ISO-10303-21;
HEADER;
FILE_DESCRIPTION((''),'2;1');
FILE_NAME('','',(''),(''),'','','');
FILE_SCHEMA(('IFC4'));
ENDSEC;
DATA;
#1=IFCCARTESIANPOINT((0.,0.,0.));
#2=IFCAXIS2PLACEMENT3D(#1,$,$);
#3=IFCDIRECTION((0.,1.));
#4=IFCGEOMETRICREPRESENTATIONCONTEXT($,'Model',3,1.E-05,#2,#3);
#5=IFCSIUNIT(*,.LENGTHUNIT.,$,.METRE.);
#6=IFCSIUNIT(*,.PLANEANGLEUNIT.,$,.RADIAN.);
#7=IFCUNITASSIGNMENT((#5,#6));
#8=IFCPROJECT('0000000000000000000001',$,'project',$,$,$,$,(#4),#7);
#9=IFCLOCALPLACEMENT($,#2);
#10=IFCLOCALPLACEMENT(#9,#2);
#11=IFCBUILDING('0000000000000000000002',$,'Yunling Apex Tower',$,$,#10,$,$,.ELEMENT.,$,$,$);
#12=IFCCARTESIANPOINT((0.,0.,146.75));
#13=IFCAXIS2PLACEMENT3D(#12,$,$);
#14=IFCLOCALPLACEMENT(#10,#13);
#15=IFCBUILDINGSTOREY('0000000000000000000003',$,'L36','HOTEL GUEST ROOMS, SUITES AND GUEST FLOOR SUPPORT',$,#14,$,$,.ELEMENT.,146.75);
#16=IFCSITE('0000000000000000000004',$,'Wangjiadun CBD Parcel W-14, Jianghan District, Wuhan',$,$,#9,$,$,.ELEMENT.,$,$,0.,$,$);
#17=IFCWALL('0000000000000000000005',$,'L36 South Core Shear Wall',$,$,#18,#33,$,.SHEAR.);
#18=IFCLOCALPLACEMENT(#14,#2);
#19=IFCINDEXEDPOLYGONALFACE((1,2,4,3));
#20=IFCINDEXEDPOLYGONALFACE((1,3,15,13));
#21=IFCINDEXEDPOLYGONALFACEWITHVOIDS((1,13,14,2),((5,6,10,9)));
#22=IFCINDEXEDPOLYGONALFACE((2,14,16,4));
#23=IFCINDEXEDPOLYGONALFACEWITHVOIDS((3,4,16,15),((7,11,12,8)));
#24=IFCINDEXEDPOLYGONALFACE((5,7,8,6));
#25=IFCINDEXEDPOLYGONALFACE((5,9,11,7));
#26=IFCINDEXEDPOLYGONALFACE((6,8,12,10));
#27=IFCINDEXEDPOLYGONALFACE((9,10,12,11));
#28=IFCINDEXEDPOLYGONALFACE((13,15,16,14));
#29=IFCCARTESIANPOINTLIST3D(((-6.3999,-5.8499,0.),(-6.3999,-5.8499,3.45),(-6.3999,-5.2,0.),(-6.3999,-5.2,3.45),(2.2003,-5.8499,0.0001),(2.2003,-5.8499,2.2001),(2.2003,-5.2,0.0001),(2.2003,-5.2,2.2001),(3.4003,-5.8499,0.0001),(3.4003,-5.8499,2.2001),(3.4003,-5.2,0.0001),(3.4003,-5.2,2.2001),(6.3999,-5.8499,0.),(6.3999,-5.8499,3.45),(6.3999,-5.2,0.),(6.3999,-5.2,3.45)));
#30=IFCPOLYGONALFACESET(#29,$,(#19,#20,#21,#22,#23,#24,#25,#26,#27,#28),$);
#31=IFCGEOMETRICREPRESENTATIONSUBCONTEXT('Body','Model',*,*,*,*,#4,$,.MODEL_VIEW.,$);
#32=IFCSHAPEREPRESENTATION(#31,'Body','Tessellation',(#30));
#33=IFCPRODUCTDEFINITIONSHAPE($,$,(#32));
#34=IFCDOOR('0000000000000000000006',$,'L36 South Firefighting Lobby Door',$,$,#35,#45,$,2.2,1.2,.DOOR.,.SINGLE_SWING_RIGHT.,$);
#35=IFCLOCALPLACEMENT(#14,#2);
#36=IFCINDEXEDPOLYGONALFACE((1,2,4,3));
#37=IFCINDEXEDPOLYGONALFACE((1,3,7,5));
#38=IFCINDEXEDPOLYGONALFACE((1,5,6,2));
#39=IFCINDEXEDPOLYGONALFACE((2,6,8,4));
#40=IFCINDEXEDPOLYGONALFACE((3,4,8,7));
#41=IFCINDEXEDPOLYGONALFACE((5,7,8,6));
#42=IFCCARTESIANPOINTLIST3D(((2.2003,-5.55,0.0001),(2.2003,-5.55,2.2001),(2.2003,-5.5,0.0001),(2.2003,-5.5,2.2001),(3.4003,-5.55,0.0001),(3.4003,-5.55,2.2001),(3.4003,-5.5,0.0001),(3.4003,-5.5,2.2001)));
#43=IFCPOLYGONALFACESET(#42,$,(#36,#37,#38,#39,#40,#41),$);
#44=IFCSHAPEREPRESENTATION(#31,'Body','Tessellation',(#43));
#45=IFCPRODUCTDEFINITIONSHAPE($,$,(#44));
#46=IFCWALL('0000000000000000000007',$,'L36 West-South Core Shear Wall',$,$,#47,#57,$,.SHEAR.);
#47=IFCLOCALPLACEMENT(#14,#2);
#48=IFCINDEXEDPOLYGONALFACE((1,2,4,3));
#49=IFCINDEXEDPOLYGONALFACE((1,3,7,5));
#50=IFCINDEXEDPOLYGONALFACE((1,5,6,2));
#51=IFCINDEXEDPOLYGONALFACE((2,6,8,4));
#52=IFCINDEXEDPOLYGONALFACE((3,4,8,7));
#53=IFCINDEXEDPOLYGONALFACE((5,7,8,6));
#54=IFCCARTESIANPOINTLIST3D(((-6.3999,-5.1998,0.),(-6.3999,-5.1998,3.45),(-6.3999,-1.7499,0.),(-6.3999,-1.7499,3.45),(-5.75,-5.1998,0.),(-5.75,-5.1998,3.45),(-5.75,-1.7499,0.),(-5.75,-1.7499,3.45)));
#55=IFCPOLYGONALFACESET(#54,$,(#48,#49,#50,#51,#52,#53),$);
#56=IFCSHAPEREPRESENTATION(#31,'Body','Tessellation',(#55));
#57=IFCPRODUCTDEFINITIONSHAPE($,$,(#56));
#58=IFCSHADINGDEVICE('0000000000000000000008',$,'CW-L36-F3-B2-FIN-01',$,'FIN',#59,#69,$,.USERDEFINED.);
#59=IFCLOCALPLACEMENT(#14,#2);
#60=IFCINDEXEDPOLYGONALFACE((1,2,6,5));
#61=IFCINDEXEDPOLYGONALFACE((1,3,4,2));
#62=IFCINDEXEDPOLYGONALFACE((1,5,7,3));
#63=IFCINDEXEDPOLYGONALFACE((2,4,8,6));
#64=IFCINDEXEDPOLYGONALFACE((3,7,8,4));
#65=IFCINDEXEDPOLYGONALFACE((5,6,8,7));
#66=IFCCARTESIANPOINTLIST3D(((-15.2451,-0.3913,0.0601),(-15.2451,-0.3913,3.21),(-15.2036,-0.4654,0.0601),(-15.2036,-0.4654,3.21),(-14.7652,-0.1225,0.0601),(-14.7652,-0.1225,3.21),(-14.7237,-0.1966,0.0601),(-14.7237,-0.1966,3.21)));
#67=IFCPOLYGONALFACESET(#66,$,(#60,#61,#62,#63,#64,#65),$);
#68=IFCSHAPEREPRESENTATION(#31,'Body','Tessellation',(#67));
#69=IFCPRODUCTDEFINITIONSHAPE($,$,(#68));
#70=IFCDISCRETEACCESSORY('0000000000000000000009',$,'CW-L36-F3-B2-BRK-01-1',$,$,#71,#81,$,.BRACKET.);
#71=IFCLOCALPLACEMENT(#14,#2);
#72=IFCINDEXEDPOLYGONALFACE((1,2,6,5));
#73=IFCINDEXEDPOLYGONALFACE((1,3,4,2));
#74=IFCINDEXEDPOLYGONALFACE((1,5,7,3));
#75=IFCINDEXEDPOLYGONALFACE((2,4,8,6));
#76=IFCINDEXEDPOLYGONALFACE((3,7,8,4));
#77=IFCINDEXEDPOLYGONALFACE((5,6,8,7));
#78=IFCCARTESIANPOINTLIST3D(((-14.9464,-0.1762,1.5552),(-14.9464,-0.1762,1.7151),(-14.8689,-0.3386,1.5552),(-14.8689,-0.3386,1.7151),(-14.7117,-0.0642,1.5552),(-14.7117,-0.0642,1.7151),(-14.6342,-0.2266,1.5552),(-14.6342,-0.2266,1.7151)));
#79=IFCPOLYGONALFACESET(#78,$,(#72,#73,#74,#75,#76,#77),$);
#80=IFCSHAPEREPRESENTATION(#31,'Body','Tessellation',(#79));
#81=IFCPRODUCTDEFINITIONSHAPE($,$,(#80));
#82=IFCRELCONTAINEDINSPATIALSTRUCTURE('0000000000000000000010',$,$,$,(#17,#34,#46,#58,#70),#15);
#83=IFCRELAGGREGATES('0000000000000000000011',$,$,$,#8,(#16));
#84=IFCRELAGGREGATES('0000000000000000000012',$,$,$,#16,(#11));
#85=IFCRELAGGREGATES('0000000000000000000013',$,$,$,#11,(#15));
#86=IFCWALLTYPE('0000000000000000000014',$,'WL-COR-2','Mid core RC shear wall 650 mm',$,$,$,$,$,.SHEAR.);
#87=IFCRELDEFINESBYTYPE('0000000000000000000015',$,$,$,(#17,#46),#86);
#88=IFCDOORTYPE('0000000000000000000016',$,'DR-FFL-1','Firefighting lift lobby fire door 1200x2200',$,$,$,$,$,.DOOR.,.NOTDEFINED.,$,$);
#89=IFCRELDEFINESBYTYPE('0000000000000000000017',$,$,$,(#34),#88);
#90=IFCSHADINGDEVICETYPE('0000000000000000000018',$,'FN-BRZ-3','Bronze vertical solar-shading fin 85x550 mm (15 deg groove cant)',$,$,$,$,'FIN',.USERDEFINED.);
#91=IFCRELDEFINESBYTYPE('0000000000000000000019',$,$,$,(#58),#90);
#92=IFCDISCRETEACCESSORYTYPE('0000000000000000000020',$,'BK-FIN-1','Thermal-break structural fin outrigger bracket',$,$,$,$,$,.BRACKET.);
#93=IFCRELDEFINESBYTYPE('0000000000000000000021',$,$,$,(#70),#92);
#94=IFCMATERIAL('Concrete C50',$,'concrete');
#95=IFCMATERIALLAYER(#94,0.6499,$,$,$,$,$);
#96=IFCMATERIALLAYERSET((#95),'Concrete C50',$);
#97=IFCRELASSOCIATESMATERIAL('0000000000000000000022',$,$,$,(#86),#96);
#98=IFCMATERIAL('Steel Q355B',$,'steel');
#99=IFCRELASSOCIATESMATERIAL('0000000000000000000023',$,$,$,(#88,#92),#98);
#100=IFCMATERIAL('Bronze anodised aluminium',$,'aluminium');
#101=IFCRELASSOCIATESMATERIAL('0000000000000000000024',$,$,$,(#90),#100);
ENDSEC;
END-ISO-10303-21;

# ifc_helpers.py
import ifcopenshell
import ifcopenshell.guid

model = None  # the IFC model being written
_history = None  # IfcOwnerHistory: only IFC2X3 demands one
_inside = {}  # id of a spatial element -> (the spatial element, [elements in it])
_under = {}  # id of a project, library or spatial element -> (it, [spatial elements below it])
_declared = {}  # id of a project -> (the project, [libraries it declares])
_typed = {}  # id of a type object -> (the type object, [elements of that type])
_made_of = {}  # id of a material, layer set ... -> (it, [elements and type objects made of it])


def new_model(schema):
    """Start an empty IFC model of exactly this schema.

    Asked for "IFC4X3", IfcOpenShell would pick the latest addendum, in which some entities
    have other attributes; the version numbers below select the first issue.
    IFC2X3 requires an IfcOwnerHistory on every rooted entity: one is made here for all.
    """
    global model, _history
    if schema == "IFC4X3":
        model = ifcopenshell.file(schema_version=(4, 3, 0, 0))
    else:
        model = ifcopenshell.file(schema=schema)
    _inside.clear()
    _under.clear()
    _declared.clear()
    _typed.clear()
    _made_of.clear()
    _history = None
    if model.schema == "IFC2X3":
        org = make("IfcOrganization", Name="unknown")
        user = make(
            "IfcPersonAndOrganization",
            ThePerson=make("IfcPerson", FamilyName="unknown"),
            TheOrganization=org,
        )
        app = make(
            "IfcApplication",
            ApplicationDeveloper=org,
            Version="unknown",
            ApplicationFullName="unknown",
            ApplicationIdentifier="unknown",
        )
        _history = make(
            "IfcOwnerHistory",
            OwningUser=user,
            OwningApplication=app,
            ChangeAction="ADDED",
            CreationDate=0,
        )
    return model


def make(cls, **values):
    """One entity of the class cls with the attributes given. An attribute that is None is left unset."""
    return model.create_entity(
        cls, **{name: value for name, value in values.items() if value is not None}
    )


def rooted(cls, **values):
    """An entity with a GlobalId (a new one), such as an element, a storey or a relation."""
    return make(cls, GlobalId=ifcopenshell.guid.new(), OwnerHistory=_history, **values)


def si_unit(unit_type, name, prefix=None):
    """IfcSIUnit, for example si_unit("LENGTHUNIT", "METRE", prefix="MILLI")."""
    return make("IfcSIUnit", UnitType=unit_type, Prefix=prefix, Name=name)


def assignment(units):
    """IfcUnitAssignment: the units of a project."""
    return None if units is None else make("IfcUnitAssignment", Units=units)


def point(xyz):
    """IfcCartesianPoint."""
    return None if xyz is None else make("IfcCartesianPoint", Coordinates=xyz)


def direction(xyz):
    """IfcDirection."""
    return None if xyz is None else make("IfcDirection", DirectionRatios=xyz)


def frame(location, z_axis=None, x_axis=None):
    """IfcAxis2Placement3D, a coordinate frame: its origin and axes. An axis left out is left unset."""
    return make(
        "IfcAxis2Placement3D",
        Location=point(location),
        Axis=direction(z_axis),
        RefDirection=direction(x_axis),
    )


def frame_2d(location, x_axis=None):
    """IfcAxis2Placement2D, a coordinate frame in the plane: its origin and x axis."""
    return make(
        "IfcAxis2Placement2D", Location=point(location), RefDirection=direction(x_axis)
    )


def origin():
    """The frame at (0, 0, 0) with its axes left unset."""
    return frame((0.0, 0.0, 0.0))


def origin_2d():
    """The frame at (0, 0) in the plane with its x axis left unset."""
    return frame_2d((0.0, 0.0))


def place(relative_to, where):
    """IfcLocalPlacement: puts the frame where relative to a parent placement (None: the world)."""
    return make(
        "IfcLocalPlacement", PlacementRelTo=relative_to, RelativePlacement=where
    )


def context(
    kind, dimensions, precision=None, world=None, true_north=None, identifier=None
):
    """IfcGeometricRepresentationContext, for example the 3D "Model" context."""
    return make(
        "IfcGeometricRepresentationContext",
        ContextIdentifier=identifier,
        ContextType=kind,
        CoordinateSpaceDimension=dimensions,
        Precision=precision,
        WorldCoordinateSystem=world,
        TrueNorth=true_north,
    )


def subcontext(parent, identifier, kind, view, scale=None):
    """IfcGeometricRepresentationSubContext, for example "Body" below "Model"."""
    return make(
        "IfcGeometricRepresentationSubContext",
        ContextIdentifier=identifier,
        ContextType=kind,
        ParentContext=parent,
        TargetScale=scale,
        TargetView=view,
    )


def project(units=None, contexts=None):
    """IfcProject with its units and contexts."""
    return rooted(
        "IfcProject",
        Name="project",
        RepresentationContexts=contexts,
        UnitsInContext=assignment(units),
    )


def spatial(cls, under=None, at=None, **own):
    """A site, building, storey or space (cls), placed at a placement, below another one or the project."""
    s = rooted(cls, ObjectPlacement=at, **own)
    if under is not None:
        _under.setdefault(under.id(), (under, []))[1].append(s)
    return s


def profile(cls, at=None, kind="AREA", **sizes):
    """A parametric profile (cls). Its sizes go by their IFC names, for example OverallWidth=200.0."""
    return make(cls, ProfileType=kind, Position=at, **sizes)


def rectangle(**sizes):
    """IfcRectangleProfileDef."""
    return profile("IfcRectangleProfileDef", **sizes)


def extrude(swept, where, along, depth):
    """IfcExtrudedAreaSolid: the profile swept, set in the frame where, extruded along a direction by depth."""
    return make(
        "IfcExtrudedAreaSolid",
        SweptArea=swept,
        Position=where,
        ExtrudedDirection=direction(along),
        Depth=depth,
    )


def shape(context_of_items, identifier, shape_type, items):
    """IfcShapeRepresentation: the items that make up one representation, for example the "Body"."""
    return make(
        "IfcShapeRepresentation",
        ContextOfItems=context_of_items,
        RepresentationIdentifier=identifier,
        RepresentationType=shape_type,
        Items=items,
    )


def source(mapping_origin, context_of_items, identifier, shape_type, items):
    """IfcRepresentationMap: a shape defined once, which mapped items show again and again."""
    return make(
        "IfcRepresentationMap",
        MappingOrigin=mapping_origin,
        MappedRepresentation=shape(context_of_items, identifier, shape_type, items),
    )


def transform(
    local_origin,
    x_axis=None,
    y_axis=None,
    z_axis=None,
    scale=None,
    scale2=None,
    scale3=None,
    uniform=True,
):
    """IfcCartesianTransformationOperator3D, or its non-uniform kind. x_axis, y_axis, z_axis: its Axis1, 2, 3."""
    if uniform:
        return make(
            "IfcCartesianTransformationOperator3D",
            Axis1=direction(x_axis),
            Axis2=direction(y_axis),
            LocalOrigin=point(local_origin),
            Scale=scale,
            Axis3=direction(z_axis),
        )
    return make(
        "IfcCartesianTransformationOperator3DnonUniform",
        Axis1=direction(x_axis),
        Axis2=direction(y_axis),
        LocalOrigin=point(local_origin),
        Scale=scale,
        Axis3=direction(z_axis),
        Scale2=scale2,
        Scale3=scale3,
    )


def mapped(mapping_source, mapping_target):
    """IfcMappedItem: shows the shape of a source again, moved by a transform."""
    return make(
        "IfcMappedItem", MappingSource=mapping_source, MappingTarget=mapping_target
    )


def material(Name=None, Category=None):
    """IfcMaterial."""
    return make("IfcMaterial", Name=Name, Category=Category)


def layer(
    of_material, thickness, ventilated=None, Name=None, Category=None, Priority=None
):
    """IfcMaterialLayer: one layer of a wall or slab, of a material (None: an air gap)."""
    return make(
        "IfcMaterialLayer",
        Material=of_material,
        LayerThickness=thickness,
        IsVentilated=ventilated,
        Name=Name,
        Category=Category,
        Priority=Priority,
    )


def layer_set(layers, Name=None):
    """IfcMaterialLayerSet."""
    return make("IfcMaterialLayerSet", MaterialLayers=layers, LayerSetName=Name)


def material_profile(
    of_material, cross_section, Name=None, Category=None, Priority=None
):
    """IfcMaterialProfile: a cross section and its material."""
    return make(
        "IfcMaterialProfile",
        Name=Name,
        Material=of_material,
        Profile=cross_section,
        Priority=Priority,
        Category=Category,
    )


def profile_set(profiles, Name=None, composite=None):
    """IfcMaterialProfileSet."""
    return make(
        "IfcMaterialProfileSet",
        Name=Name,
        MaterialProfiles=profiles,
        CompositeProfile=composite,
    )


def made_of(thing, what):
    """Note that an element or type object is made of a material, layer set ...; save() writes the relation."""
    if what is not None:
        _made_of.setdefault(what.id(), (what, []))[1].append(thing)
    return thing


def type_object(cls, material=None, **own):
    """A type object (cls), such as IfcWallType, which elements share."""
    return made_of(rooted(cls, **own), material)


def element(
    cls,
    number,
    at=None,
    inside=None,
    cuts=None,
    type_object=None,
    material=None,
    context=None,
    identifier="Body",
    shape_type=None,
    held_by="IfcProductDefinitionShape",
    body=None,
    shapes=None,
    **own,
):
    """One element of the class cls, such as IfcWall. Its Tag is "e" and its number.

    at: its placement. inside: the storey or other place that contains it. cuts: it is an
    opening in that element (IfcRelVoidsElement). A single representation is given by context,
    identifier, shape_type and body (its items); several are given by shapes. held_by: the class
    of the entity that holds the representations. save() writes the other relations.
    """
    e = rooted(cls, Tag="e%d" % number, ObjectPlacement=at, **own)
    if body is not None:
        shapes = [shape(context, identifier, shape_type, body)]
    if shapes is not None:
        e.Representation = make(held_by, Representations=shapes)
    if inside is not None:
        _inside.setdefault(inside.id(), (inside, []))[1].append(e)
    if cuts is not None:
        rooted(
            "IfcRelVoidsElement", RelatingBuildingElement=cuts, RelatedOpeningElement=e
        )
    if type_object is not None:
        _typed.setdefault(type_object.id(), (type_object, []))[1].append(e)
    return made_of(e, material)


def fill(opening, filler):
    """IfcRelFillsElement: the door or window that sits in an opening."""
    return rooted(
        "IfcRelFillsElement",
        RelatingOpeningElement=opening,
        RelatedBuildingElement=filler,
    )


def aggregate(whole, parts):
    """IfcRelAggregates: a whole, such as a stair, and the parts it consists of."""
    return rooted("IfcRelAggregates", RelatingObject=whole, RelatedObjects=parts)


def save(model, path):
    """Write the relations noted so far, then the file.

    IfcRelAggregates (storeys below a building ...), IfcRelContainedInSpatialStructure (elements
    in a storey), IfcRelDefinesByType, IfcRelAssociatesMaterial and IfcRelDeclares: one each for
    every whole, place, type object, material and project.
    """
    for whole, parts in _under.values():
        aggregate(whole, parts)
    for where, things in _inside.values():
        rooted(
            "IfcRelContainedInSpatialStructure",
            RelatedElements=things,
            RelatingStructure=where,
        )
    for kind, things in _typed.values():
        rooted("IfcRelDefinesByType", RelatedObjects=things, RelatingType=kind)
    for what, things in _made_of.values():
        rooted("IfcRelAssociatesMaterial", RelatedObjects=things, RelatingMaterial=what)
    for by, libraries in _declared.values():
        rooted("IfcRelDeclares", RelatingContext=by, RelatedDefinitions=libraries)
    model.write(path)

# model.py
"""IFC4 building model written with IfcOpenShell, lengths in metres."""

from ifc_helpers import new_model, si_unit, direction, frame, frame_2d, origin, origin_2d, place, context, subcontext, project, spatial, rectangle, extrude, source, transform, mapped, material, layer, layer_set, material_profile, profile_set, type_object, element, fill, save


model = new_model("IFC4")

# Units and contexts
model_context = context("Model", 3, precision=1e-05, world=origin(), true_north=direction((0.0, 1.0)))
body_context = subcontext(model_context, "Body", "Model", "MODEL_VIEW")
ifc_project = project(units=[si_unit("LENGTHUNIT", "METRE"), si_unit("PLANEANGLEUNIT", "RADIAN")], contexts=[model_context])

# Site, building, storey
site_placement = place(None, origin())
site = spatial("IfcSite", under=ifc_project, at=site_placement, Name="Wangjiadun CBD Parcel W-14, Jianghan District, Wuhan", CompositionType="ELEMENT", RefElevation=0.0)
building_placement = place(site_placement, origin())
building = spatial("IfcBuilding", under=site, at=building_placement, Name="Yunling Apex Tower", CompositionType="ELEMENT")
storey_placement = place(building_placement, frame((0.0, 0.0, 146.75)))
storey = spatial("IfcBuildingStorey", under=building, at=storey_placement, Name="L36", Description="HOTEL GUEST ROOMS, SUITES AND GUEST FLOOR SUPPORT", CompositionType="ELEMENT", Elevation=146.75)

# Shared definitions
ifc_material_1 = material(Name="Steel Q355B", Category="steel")

# Shared definitions
ifc_material_2 = material(Name="Bronze anodised aluminium", Category="aluminium")

# Wall, opening, door
ifc_material_3 = material(Name="Concrete C50", Category="concrete")
ifc_layer_1 = layer(ifc_material_3, 0.6499)
ifc_layer_set_1 = layer_set([ifc_layer_1], Name="Concrete C50")
wall_type = type_object("IfcWallType", Name="WL-COR-2", Description="Mid core RC shear wall 650 mm", PredefinedType="SHEAR", material=ifc_layer_set_1)
wall_1_placement = place(storey_placement, frame((-6.3999, -5.5249, 0.0), z_axis=(0.0, 0.0, 1.0), x_axis=(1.0, 0.0, 0.0)))
wall_1 = element("IfcWall", 1, at=wall_1_placement, inside=storey, type_object=wall_type, Name="L36 South Core Shear Wall", PredefinedType="SHEAR", context=body_context, shape_type="SweptSolid", body=[
    extrude(rectangle(XDim=12.7998, YDim=0.6499, at=frame_2d((6.3999, 0.0))), origin(), (0.0, 0.0, 1.0), 3.45),
])
opening_placement = place(wall_1_placement, frame((8.6001, 0.0, 0.0)))
opening = element("IfcOpeningElement", 2, at=opening_placement, cuts=wall_1, PredefinedType="OPENING", context=body_context, shape_type="SweptSolid", body=[
    extrude(rectangle(XDim=1.2, YDim=2.2, at=frame_2d((0.6001, 1.1001))), frame((0.0, 0.335, 0.0), z_axis=(0.0, -1.0, 0.0), x_axis=(1.0, 0.0, 0.0)), (0.0, 0.0, 1.0), 0.6699),
])
door_type = type_object("IfcDoorType", Name="DR-FFL-1", Description="Firefighting lift lobby fire door 1200x2200", OperationType="NOTDEFINED", PredefinedType="DOOR", material=ifc_material_1)
door_placement = place(opening_placement, origin())
door = element("IfcDoor", 3, at=door_placement, inside=storey, type_object=door_type, Name="L36 South Firefighting Lobby Door", OperationType="SINGLE_SWING_RIGHT", OverallHeight=2.2, OverallWidth=1.2, PredefinedType="DOOR", context=body_context, shape_type="SweptSolid", body=[
    extrude(rectangle(XDim=1.2, YDim=2.2, at=frame_2d((0.6001, 1.1001))), frame((0.0, 0.0249, 0.0), z_axis=(0.0, -1.0, 0.0), x_axis=(1.0, 0.0, 0.0)), (0.0, 0.0, 1.0), 0.05),
])
fill(opening, door)

# Wall
wall_2_placement = place(storey_placement, frame((-6.075, -5.2, 0.0), z_axis=(0.0, 0.0, 1.0), x_axis=(0.0, 1.0, 0.0)))
element("IfcWall", 4, at=wall_2_placement, inside=storey, type_object=wall_type, Name="L36 West-South Core Shear Wall", PredefinedType="SHEAR", context=body_context, shape_type="SweptSolid", body=[
    extrude(rectangle(XDim=3.45, YDim=0.6499, at=frame_2d((1.7251, 0.0))), origin(), (0.0, 0.0, 1.0), 3.45),
])

# Shading device
ifc_material_profile_1 = material_profile(ifc_material_2, rectangle(XDim=0.085, YDim=0.55, at=origin_2d()))
ifc_profile_set_1 = profile_set([ifc_material_profile_1], Name="Bronze anodised aluminium")
shading_device_type = type_object("IfcShadingDeviceType", Name="FN-BRZ-3", Description="Bronze vertical solar-shading fin 85x550 mm (15 deg groove cant)", ElementType="FIN", PredefinedType="USERDEFINED", material=ifc_profile_set_1)
shared_shape_1 = source(origin(), body_context, "Body", "SweptSolid", [
    extrude(rectangle(XDim=0.085, YDim=0.55, at=origin_2d()), origin(), (0.0, 0.0, 1.0), 3.1499),
])
shading_device_placement = place(storey_placement, frame((-14.9844, -0.2939, 0.0601), z_axis=(0.0, 0.0, 1.0), x_axis=(0.488621, -0.872496, 0.0)))
element("IfcShadingDevice", 5, at=shading_device_placement, inside=storey, type_object=shading_device_type, Name="CW-L36-F3-B2-FIN-01", ObjectType="FIN", PredefinedType="USERDEFINED", context=body_context, shape_type="MappedRepresentation", body=[
    mapped(shared_shape_1, transform((0.0, 0.0, 0.0), scale=1.0)),
])

# Discrete accessory
discrete_accessory_type = type_object("IfcDiscreteAccessoryType", Name="BK-FIN-1", Description="Thermal-break structural fin outrigger bracket", PredefinedType="BRACKET", material=ifc_material_1)
shared_shape_2 = source(origin(), body_context, "Body", "SweptSolid", [
    extrude(rectangle(XDim=0.1799, YDim=0.26, at=origin_2d()), origin(), (0.0, 0.0, 1.0), 0.1599),
])
discrete_accessory_placement = place(storey_placement, frame((-14.7903, -0.2014, 1.5552), z_axis=(0.0, 0.0, 1.0), x_axis=(0.430511, -0.902585, 0.0)))
element("IfcDiscreteAccessory", 6, at=discrete_accessory_placement, inside=storey, type_object=discrete_accessory_type, Name="CW-L36-F3-B2-BRK-01-1", PredefinedType="BRACKET", context=body_context, shape_type="MappedRepresentation", body=[
    mapped(shared_shape_2, transform((0.0, 0.0, 0.0), scale=1.0)),
])

save(model, "model.ifc")
